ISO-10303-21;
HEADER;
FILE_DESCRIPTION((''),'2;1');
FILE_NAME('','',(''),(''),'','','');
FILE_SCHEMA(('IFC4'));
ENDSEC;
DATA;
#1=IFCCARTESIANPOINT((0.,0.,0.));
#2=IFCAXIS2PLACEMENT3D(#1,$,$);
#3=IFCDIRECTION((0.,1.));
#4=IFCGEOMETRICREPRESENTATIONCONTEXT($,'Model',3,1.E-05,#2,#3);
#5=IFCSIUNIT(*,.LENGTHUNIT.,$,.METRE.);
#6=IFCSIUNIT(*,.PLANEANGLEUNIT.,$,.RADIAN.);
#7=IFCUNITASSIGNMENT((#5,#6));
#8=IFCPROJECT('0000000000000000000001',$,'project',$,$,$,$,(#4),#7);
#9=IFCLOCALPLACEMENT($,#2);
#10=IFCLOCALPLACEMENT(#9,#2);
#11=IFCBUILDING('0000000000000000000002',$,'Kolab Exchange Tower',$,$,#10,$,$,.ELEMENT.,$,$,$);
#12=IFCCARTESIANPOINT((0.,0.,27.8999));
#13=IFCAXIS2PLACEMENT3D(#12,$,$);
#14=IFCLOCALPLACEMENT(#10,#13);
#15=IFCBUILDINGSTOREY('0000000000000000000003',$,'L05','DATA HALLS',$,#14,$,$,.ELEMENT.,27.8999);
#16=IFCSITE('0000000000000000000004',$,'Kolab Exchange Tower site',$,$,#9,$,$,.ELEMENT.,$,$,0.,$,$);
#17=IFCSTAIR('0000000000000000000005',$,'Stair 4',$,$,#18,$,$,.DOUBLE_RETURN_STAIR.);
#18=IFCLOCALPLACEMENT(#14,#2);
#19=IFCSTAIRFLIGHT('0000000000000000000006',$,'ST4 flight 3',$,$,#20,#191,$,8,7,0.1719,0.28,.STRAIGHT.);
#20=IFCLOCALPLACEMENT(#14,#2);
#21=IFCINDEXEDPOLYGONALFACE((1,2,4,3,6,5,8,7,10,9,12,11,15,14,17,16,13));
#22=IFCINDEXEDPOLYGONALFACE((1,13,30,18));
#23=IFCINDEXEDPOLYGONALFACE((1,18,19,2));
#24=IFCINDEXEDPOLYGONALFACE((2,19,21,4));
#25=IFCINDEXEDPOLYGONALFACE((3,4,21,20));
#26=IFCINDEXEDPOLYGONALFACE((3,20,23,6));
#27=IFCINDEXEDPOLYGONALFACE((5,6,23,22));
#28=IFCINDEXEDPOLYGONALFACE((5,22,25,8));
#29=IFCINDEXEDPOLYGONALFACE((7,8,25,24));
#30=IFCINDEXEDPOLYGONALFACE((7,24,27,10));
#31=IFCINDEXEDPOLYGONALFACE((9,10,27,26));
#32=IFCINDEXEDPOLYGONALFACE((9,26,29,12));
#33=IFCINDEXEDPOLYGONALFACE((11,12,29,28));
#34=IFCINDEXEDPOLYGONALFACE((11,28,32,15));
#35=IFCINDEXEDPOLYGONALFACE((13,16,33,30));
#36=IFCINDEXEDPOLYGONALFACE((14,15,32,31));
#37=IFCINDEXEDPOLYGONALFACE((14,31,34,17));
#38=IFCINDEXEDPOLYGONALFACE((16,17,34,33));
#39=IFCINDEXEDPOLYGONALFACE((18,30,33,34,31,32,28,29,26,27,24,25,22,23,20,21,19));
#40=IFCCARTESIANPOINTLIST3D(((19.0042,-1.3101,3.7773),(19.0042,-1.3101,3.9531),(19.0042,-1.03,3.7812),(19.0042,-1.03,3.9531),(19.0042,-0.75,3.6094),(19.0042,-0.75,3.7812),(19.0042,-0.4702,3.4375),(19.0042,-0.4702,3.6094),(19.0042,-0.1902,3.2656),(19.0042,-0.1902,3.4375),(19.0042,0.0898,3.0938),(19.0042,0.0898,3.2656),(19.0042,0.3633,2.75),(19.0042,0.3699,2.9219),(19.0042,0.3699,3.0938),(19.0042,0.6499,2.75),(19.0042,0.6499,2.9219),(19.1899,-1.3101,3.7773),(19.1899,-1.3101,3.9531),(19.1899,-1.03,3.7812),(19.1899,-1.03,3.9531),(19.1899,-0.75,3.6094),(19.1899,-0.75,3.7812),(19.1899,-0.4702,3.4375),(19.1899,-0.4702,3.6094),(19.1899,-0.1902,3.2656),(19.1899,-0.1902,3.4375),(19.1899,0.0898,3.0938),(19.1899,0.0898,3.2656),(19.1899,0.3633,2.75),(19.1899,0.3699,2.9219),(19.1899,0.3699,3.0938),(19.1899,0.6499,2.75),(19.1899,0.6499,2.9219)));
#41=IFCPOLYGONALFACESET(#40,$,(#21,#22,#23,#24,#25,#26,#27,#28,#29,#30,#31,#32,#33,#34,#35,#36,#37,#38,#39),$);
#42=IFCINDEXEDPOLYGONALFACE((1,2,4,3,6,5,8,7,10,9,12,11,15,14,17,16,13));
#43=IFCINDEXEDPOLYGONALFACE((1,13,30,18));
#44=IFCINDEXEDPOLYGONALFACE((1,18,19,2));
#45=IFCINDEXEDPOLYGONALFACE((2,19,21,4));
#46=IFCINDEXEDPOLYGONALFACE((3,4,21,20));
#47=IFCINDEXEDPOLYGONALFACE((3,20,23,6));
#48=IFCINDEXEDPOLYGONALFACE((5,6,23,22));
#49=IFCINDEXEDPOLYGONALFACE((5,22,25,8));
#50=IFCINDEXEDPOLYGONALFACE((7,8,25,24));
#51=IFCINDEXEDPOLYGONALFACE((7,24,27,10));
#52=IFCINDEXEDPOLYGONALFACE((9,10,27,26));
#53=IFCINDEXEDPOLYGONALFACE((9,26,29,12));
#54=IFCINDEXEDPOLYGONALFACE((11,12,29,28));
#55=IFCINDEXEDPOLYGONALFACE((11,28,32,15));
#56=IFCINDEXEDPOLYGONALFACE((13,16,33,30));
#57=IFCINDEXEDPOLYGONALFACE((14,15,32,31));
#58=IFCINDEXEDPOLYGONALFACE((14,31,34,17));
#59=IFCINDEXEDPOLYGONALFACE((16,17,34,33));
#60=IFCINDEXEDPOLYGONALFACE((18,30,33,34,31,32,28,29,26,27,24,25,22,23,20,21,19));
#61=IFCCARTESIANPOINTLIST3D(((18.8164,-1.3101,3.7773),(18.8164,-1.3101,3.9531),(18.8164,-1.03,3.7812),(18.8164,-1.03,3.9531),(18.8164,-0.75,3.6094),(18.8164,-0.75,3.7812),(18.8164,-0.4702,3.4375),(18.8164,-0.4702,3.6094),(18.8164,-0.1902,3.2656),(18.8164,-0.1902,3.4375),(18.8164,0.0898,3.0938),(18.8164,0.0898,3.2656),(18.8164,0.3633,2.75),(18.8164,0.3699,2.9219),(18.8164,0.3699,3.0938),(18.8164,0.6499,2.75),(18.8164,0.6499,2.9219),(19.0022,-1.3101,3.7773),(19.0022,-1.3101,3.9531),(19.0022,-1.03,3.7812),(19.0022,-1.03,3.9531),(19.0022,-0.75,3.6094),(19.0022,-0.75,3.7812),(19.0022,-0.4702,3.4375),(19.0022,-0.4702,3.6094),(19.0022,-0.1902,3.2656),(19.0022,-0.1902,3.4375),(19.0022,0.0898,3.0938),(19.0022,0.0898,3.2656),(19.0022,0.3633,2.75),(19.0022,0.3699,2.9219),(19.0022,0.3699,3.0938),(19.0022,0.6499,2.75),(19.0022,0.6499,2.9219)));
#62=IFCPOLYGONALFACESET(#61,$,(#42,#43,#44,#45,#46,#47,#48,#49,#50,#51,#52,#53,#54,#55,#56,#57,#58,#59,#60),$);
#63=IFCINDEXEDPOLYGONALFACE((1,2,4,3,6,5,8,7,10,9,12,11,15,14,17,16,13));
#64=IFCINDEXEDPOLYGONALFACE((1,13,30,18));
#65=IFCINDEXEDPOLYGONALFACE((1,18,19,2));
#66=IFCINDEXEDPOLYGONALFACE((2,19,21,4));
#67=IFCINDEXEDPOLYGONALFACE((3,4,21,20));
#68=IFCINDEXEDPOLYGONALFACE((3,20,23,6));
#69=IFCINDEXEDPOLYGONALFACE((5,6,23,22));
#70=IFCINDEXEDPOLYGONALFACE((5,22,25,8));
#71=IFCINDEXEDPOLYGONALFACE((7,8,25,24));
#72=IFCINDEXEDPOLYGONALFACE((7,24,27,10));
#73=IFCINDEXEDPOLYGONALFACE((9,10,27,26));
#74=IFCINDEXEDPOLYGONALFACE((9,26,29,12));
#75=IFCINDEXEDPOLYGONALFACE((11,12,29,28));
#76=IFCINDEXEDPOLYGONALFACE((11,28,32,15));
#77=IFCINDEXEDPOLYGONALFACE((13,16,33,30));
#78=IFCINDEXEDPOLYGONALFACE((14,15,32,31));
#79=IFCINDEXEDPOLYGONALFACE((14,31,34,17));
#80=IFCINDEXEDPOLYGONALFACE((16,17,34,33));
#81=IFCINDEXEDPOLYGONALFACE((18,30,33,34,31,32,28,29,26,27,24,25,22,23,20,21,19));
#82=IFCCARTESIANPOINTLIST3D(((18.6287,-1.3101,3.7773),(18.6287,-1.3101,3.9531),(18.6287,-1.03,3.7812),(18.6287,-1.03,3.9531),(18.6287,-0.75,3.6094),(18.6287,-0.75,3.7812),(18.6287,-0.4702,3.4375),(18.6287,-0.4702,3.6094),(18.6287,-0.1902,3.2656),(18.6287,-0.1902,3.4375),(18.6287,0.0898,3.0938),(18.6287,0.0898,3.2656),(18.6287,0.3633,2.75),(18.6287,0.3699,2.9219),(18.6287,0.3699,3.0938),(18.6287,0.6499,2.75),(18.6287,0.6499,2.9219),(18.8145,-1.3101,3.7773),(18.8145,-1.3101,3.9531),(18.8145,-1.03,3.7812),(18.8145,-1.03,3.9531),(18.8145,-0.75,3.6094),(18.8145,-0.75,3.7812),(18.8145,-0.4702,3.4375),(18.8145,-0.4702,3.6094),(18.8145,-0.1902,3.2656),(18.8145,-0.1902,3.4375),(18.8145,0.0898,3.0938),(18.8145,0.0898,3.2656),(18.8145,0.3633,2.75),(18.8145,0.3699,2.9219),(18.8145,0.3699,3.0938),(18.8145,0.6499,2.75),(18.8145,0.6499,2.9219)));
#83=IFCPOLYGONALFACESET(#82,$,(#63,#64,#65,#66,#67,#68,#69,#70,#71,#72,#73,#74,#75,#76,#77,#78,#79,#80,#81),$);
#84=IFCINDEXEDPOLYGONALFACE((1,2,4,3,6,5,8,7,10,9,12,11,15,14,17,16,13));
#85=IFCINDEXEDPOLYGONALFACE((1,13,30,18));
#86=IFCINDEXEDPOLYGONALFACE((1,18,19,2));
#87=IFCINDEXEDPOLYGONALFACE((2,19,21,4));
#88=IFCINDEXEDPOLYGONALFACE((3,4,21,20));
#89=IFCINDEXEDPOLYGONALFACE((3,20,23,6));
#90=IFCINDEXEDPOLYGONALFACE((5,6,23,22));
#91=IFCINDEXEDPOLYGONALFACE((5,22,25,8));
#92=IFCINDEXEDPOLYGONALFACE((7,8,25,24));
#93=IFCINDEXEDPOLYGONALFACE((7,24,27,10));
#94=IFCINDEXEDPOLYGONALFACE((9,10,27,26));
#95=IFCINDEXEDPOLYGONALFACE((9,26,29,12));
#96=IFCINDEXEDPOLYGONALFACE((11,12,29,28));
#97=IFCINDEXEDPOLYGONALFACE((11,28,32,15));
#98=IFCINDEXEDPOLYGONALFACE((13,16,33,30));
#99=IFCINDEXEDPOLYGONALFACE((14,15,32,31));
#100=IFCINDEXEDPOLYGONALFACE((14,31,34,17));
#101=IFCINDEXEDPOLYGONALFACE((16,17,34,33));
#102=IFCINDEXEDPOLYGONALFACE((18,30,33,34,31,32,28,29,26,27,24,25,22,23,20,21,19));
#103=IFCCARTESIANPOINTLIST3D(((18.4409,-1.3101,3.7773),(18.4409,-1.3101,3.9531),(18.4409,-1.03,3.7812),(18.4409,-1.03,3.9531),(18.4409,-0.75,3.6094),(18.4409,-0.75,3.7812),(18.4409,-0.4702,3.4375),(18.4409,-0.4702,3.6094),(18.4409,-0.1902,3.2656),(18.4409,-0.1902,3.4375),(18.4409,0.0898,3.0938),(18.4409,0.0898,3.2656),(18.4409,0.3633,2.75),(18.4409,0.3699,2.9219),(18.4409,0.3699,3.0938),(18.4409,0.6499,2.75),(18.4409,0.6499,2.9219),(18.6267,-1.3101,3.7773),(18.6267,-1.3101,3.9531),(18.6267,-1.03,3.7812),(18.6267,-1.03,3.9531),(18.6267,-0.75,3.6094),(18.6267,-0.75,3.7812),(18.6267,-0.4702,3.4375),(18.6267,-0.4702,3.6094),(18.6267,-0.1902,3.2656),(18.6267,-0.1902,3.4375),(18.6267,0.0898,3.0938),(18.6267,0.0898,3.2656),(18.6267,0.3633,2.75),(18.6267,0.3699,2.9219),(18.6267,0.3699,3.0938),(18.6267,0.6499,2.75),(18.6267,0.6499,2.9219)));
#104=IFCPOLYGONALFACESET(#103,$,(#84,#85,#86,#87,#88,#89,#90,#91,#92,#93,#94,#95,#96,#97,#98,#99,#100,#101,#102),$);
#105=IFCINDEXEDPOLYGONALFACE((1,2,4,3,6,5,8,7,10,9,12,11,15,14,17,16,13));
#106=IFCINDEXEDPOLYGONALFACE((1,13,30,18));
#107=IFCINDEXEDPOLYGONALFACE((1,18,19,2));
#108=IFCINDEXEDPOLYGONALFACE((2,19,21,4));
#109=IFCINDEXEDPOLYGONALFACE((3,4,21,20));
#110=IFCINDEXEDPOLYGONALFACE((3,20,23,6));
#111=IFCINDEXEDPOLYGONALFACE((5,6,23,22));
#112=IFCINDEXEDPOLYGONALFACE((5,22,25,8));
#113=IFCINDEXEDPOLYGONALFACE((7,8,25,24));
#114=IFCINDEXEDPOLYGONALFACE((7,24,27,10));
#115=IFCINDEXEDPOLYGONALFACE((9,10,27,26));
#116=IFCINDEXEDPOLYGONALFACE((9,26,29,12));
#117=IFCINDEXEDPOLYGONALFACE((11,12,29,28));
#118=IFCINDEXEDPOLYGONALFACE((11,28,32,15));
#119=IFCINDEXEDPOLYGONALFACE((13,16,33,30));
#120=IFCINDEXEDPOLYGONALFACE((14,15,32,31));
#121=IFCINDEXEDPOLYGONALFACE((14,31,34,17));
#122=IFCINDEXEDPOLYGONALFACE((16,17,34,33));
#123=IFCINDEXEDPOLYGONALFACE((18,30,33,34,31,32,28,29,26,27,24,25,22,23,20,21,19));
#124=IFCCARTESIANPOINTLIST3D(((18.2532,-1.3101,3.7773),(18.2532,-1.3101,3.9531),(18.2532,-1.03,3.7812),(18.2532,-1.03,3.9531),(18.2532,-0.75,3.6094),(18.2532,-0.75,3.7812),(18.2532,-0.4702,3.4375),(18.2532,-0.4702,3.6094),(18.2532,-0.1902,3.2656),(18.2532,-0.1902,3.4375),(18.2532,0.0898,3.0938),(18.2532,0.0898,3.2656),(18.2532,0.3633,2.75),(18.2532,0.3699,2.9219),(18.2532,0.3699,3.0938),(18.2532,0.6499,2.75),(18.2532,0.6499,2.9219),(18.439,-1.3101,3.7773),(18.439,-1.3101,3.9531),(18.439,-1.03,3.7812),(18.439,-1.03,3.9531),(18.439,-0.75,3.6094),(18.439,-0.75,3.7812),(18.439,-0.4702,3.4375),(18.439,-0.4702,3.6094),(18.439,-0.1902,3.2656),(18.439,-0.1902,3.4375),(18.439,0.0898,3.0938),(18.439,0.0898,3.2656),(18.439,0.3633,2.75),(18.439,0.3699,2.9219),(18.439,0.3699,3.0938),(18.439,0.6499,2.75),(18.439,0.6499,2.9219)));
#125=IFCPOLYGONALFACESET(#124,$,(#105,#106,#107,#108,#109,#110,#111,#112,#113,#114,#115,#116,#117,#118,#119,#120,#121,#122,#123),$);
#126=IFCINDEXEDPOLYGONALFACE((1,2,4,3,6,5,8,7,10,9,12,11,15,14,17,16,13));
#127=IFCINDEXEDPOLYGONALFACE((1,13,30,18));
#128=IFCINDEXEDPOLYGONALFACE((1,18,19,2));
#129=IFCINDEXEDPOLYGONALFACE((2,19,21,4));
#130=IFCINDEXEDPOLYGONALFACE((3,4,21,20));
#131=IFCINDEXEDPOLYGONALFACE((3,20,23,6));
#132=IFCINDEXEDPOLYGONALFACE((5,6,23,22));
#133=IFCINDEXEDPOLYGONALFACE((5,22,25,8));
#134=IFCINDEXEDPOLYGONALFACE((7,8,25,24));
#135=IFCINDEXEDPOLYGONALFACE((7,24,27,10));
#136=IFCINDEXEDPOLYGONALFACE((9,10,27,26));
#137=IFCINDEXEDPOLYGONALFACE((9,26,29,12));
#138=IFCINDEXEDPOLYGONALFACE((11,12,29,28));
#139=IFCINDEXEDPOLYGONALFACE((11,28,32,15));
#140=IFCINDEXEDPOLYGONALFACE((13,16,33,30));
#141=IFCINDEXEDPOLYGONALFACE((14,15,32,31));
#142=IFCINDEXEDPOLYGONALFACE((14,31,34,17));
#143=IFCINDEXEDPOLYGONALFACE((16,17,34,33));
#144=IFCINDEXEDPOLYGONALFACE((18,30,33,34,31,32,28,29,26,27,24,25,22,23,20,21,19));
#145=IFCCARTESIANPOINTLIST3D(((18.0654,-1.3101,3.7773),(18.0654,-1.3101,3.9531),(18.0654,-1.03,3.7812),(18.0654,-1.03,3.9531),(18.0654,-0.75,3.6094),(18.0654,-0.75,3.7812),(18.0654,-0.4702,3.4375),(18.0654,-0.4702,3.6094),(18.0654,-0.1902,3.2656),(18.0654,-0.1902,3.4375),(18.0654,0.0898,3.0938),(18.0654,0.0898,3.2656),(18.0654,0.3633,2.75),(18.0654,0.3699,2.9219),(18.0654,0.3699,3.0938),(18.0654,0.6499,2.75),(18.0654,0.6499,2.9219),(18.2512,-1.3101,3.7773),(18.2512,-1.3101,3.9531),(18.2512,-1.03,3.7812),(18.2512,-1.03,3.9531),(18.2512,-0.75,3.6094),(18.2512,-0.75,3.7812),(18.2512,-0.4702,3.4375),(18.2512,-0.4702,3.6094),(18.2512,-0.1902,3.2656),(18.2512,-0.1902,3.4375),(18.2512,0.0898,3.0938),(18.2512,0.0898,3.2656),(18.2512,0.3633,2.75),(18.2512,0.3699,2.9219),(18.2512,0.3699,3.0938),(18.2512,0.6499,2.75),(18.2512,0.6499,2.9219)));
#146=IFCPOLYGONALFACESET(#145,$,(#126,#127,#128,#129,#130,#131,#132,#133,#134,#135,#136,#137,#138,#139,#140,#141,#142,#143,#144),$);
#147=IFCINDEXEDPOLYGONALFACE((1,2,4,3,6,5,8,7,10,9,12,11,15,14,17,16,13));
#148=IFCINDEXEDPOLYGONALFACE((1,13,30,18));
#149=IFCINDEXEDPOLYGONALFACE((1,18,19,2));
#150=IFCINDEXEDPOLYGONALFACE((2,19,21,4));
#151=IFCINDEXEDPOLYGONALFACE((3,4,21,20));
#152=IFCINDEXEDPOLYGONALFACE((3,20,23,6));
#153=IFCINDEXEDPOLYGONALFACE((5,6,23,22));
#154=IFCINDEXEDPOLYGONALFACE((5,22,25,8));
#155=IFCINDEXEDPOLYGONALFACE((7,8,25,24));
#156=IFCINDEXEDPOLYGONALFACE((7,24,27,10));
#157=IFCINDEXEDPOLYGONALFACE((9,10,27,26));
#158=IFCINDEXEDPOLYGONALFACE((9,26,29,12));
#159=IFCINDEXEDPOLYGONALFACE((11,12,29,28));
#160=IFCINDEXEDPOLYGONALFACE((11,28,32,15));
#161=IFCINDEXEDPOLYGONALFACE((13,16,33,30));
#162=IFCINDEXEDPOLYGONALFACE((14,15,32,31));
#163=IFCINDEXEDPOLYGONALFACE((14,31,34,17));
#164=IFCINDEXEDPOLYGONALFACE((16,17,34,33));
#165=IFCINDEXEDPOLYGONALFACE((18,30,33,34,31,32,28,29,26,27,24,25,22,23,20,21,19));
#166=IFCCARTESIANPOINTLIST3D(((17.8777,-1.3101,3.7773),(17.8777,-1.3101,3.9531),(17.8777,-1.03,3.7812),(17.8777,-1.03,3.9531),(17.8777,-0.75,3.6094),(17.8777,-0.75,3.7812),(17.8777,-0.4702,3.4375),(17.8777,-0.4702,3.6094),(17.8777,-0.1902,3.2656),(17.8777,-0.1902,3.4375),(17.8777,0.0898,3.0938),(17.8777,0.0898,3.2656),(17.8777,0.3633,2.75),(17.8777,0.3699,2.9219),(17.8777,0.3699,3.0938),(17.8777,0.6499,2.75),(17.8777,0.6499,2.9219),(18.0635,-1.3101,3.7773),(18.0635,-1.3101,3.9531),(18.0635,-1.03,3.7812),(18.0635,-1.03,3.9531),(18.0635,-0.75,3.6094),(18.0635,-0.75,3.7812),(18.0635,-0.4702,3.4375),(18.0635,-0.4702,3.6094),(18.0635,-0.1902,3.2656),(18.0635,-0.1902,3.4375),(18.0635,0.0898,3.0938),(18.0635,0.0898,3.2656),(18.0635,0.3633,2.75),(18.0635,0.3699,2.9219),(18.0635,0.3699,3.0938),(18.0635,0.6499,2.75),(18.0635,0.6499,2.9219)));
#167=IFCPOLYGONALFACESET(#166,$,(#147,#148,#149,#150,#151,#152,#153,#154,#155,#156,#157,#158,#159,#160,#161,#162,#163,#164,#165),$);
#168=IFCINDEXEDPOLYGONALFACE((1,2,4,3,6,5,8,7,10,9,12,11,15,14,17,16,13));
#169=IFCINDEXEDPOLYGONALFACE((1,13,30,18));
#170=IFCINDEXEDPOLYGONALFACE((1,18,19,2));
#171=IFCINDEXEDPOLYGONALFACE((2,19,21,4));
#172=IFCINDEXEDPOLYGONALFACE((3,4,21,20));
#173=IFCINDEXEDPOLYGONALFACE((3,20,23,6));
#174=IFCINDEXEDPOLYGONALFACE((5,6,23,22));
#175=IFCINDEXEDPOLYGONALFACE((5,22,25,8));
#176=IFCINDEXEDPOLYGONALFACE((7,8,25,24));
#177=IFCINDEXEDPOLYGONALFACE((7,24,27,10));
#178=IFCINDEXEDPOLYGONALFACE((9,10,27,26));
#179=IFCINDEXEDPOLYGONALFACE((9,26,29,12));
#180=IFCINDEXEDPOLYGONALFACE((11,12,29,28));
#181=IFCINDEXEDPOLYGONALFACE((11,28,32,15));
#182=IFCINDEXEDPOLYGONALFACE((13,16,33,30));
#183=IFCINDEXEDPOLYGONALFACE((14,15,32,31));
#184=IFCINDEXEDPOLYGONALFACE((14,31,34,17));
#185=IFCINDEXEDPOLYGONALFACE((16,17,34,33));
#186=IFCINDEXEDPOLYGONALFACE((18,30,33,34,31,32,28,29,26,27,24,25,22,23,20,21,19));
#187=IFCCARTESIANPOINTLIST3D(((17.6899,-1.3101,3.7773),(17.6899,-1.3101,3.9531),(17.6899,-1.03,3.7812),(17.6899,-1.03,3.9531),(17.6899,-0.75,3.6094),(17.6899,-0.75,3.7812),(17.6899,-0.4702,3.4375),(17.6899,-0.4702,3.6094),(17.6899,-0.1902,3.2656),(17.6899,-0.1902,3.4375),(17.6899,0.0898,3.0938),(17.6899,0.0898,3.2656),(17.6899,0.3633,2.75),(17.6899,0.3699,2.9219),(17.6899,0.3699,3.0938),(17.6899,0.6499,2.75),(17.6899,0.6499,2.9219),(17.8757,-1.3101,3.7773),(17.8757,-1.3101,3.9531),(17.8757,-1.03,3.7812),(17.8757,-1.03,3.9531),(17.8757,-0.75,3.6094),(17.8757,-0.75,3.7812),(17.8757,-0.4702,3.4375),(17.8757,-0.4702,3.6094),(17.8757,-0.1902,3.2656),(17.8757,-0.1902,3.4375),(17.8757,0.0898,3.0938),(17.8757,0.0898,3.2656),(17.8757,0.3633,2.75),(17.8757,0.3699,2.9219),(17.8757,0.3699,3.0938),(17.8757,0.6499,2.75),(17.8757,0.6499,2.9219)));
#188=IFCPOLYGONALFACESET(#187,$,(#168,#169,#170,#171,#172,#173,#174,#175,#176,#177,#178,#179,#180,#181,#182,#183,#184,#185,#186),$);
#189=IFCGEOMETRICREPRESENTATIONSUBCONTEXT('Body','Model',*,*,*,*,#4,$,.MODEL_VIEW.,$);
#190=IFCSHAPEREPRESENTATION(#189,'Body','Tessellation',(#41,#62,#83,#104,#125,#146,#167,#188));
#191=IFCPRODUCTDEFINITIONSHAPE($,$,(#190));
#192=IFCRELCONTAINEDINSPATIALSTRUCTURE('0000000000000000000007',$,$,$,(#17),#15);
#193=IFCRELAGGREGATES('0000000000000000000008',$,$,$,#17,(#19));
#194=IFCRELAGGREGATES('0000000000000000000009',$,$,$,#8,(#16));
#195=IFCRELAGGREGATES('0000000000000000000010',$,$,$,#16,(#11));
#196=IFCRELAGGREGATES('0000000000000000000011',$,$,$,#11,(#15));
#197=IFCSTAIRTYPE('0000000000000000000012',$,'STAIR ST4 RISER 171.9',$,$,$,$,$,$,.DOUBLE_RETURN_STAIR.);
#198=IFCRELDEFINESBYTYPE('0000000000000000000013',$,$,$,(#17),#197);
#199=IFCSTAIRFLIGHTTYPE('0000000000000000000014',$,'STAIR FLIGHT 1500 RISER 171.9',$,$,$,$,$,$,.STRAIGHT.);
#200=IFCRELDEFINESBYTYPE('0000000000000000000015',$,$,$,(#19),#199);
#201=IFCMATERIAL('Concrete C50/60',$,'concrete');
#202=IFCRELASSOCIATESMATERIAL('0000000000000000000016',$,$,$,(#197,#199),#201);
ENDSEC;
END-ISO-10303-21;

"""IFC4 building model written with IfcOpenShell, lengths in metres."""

from ifc_helpers import new_model, si_unit, direction, frame, origin, place, context, subcontext, project, spatial, polyline, outline, extrude, material, type_object, element, aggregate, save


model = new_model("IFC4")

# Units and contexts
model_context = context("Model", 3, precision=1e-05, world=origin(), true_north=direction((0.0, 1.0)))
body_context = subcontext(model_context, "Body", "Model", "MODEL_VIEW")
ifc_project = project(units=[si_unit("LENGTHUNIT", "METRE"), si_unit("PLANEANGLEUNIT", "RADIAN")], contexts=[model_context])

# Site, building, storey
site_placement = place(None, origin())
site = spatial("IfcSite", under=ifc_project, at=site_placement, Name="Kolab Exchange Tower site", CompositionType="ELEMENT", RefElevation=0.0)
building_placement = place(site_placement, origin())
building = spatial("IfcBuilding", under=site, at=building_placement, Name="Kolab Exchange Tower", CompositionType="ELEMENT")
storey_placement = place(building_placement, frame((0.0, 0.0, 27.8999)))
storey = spatial("IfcBuildingStorey", under=building, at=storey_placement, Name="L05", Description="DATA HALLS", CompositionType="ELEMENT", Elevation=27.8999)

# Stair, stair flight
ifc_material_1 = material(Name="Concrete C50/60", Category="concrete")
stair_type = type_object("IfcStairType", Name="STAIR ST4 RISER 171.9", PredefinedType="DOUBLE_RETURN_STAIR", material=ifc_material_1)
stair_placement = place(storey_placement, origin())
stair = element("IfcStair", 1, at=stair_placement, inside=storey, type_object=stair_type, Name="Stair 4", PredefinedType="DOUBLE_RETURN_STAIR")
stair_flight_type = type_object("IfcStairFlightType", Name="STAIR FLIGHT 1500 RISER 171.9", PredefinedType="STRAIGHT", material=ifc_material_1)
stair_flight_1_placement = place(storey_placement, frame((18.4399, 0.6499, 2.75), z_axis=(0.0, 0.0, 1.0), x_axis=(0.0, -1.0, 0.0)))
stair_flight_1 = element("IfcStairFlight", 2, at=stair_flight_1_placement, type_object=stair_flight_type, Name="ST4 flight 3", NumberOfRisers=8, NumberOfTreads=7, PredefinedType="STRAIGHT", RiserHeight=0.1719, TreadLength=0.28, context=body_context, shape_type="SweptSolid", body=[
    extrude(outline(polyline([(0.0, 0.0), (0.0, 0.1719), (0.28, 0.1719), (0.28, 0.3438), (0.5601, 0.3438), (0.5601, 0.5156), (0.8401, 0.5156), (0.8401, 0.6875), (1.1201, 0.6875), (1.1201, 0.8594), (1.3999, 0.8594), (1.3999, 1.0312), (1.6799, 1.0312), (1.6799, 1.2031), (1.96, 1.2031), (1.96, 1.375), (1.96, 1.0273), (0.2866, 0.0), (0.0, 0.0)])), frame((0.0, 0.75, 0.0), z_axis=(0.0, -1.0, 0.0), x_axis=(1.0, 0.0, 0.0)), (0.0, 0.0, 1.0), 0.1858),
    extrude(outline(polyline([(0.0, 0.0), (0.0, 0.1719), (0.28, 0.1719), (0.28, 0.3438), (0.5601, 0.3438), (0.5601, 0.5156), (0.8401, 0.5156), (0.8401, 0.6875), (1.1201, 0.6875), (1.1201, 0.8594), (1.3999, 0.8594), (1.3999, 1.0312), (1.6799, 1.0312), (1.6799, 1.2031), (1.96, 1.2031), (1.96, 1.375), (1.96, 1.0273), (0.2866, 0.0), (0.0, 0.0)])), frame((0.0, 0.5623, 0.0), z_axis=(0.0, -1.0, 0.0), x_axis=(1.0, 0.0, 0.0)), (0.0, 0.0, 1.0), 0.1858),
    extrude(outline(polyline([(0.0, 0.0), (0.0, 0.1719), (0.28, 0.1719), (0.28, 0.3438), (0.5601, 0.3438), (0.5601, 0.5156), (0.8401, 0.5156), (0.8401, 0.6875), (1.1201, 0.6875), (1.1201, 0.8594), (1.3999, 0.8594), (1.3999, 1.0312), (1.6799, 1.0312), (1.6799, 1.2031), (1.96, 1.2031), (1.96, 1.375), (1.96, 1.0273), (0.2866, 0.0), (0.0, 0.0)])), frame((0.0, 0.3745, 0.0), z_axis=(0.0, -1.0, 0.0), x_axis=(1.0, 0.0, 0.0)), (0.0, 0.0, 1.0), 0.1858),
    extrude(outline(polyline([(0.0, 0.0), (0.0, 0.1719), (0.28, 0.1719), (0.28, 0.3438), (0.5601, 0.3438), (0.5601, 0.5156), (0.8401, 0.5156), (0.8401, 0.6875), (1.1201, 0.6875), (1.1201, 0.8594), (1.3999, 0.8594), (1.3999, 1.0312), (1.6799, 1.0312), (1.6799, 1.2031), (1.96, 1.2031), (1.96, 1.375), (1.96, 1.0273), (0.2866, 0.0), (0.0, 0.0)])), frame((0.0, 0.1868, 0.0), z_axis=(0.0, -1.0, 0.0), x_axis=(1.0, 0.0, 0.0)), (0.0, 0.0, 1.0), 0.1858),
    extrude(outline(polyline([(0.0, 0.0), (0.0, 0.1719), (0.28, 0.1719), (0.28, 0.3438), (0.5601, 0.3438), (0.5601, 0.5156), (0.8401, 0.5156), (0.8401, 0.6875), (1.1201, 0.6875), (1.1201, 0.8594), (1.3999, 0.8594), (1.3999, 1.0312), (1.6799, 1.0312), (1.6799, 1.2031), (1.96, 1.2031), (1.96, 1.375), (1.96, 1.0273), (0.2866, 0.0), (0.0, 0.0)])), frame((0.0, -0.001, 0.0), z_axis=(0.0, -1.0, 0.0), x_axis=(1.0, 0.0, 0.0)), (0.0, 0.0, 1.0), 0.1858),
    extrude(outline(polyline([(0.0, 0.0), (0.0, 0.1719), (0.28, 0.1719), (0.28, 0.3438), (0.5601, 0.3438), (0.5601, 0.5156), (0.8401, 0.5156), (0.8401, 0.6875), (1.1201, 0.6875), (1.1201, 0.8594), (1.3999, 0.8594), (1.3999, 1.0312), (1.6799, 1.0312), (1.6799, 1.2031), (1.96, 1.2031), (1.96, 1.375), (1.96, 1.0273), (0.2866, 0.0), (0.0, 0.0)])), frame((0.0, -0.1887, 0.0), z_axis=(0.0, -1.0, 0.0), x_axis=(1.0, 0.0, 0.0)), (0.0, 0.0, 1.0), 0.1858),
    extrude(outline(polyline([(0.0, 0.0), (0.0, 0.1719), (0.28, 0.1719), (0.28, 0.3438), (0.5601, 0.3438), (0.5601, 0.5156), (0.8401, 0.5156), (0.8401, 0.6875), (1.1201, 0.6875), (1.1201, 0.8594), (1.3999, 0.8594), (1.3999, 1.0312), (1.6799, 1.0312), (1.6799, 1.2031), (1.96, 1.2031), (1.96, 1.375), (1.96, 1.0273), (0.2866, 0.0), (0.0, 0.0)])), frame((0.0, -0.3765, 0.0), z_axis=(0.0, -1.0, 0.0), x_axis=(1.0, 0.0, 0.0)), (0.0, 0.0, 1.0), 0.1858),
    extrude(outline(polyline([(0.0, 0.0), (0.0, 0.1719), (0.28, 0.1719), (0.28, 0.3438), (0.5601, 0.3438), (0.5601, 0.5156), (0.8401, 0.5156), (0.8401, 0.6875), (1.1201, 0.6875), (1.1201, 0.8594), (1.3999, 0.8594), (1.3999, 1.0312), (1.6799, 1.0312), (1.6799, 1.2031), (1.96, 1.2031), (1.96, 1.375), (1.96, 1.0273), (0.2866, 0.0), (0.0, 0.0)])), frame((0.0, -0.5642, 0.0), z_axis=(0.0, -1.0, 0.0), x_axis=(1.0, 0.0, 0.0)), (0.0, 0.0, 1.0), 0.1858),
])
aggregate(stair, [stair_flight_1])

save(model, "model.ifc")
